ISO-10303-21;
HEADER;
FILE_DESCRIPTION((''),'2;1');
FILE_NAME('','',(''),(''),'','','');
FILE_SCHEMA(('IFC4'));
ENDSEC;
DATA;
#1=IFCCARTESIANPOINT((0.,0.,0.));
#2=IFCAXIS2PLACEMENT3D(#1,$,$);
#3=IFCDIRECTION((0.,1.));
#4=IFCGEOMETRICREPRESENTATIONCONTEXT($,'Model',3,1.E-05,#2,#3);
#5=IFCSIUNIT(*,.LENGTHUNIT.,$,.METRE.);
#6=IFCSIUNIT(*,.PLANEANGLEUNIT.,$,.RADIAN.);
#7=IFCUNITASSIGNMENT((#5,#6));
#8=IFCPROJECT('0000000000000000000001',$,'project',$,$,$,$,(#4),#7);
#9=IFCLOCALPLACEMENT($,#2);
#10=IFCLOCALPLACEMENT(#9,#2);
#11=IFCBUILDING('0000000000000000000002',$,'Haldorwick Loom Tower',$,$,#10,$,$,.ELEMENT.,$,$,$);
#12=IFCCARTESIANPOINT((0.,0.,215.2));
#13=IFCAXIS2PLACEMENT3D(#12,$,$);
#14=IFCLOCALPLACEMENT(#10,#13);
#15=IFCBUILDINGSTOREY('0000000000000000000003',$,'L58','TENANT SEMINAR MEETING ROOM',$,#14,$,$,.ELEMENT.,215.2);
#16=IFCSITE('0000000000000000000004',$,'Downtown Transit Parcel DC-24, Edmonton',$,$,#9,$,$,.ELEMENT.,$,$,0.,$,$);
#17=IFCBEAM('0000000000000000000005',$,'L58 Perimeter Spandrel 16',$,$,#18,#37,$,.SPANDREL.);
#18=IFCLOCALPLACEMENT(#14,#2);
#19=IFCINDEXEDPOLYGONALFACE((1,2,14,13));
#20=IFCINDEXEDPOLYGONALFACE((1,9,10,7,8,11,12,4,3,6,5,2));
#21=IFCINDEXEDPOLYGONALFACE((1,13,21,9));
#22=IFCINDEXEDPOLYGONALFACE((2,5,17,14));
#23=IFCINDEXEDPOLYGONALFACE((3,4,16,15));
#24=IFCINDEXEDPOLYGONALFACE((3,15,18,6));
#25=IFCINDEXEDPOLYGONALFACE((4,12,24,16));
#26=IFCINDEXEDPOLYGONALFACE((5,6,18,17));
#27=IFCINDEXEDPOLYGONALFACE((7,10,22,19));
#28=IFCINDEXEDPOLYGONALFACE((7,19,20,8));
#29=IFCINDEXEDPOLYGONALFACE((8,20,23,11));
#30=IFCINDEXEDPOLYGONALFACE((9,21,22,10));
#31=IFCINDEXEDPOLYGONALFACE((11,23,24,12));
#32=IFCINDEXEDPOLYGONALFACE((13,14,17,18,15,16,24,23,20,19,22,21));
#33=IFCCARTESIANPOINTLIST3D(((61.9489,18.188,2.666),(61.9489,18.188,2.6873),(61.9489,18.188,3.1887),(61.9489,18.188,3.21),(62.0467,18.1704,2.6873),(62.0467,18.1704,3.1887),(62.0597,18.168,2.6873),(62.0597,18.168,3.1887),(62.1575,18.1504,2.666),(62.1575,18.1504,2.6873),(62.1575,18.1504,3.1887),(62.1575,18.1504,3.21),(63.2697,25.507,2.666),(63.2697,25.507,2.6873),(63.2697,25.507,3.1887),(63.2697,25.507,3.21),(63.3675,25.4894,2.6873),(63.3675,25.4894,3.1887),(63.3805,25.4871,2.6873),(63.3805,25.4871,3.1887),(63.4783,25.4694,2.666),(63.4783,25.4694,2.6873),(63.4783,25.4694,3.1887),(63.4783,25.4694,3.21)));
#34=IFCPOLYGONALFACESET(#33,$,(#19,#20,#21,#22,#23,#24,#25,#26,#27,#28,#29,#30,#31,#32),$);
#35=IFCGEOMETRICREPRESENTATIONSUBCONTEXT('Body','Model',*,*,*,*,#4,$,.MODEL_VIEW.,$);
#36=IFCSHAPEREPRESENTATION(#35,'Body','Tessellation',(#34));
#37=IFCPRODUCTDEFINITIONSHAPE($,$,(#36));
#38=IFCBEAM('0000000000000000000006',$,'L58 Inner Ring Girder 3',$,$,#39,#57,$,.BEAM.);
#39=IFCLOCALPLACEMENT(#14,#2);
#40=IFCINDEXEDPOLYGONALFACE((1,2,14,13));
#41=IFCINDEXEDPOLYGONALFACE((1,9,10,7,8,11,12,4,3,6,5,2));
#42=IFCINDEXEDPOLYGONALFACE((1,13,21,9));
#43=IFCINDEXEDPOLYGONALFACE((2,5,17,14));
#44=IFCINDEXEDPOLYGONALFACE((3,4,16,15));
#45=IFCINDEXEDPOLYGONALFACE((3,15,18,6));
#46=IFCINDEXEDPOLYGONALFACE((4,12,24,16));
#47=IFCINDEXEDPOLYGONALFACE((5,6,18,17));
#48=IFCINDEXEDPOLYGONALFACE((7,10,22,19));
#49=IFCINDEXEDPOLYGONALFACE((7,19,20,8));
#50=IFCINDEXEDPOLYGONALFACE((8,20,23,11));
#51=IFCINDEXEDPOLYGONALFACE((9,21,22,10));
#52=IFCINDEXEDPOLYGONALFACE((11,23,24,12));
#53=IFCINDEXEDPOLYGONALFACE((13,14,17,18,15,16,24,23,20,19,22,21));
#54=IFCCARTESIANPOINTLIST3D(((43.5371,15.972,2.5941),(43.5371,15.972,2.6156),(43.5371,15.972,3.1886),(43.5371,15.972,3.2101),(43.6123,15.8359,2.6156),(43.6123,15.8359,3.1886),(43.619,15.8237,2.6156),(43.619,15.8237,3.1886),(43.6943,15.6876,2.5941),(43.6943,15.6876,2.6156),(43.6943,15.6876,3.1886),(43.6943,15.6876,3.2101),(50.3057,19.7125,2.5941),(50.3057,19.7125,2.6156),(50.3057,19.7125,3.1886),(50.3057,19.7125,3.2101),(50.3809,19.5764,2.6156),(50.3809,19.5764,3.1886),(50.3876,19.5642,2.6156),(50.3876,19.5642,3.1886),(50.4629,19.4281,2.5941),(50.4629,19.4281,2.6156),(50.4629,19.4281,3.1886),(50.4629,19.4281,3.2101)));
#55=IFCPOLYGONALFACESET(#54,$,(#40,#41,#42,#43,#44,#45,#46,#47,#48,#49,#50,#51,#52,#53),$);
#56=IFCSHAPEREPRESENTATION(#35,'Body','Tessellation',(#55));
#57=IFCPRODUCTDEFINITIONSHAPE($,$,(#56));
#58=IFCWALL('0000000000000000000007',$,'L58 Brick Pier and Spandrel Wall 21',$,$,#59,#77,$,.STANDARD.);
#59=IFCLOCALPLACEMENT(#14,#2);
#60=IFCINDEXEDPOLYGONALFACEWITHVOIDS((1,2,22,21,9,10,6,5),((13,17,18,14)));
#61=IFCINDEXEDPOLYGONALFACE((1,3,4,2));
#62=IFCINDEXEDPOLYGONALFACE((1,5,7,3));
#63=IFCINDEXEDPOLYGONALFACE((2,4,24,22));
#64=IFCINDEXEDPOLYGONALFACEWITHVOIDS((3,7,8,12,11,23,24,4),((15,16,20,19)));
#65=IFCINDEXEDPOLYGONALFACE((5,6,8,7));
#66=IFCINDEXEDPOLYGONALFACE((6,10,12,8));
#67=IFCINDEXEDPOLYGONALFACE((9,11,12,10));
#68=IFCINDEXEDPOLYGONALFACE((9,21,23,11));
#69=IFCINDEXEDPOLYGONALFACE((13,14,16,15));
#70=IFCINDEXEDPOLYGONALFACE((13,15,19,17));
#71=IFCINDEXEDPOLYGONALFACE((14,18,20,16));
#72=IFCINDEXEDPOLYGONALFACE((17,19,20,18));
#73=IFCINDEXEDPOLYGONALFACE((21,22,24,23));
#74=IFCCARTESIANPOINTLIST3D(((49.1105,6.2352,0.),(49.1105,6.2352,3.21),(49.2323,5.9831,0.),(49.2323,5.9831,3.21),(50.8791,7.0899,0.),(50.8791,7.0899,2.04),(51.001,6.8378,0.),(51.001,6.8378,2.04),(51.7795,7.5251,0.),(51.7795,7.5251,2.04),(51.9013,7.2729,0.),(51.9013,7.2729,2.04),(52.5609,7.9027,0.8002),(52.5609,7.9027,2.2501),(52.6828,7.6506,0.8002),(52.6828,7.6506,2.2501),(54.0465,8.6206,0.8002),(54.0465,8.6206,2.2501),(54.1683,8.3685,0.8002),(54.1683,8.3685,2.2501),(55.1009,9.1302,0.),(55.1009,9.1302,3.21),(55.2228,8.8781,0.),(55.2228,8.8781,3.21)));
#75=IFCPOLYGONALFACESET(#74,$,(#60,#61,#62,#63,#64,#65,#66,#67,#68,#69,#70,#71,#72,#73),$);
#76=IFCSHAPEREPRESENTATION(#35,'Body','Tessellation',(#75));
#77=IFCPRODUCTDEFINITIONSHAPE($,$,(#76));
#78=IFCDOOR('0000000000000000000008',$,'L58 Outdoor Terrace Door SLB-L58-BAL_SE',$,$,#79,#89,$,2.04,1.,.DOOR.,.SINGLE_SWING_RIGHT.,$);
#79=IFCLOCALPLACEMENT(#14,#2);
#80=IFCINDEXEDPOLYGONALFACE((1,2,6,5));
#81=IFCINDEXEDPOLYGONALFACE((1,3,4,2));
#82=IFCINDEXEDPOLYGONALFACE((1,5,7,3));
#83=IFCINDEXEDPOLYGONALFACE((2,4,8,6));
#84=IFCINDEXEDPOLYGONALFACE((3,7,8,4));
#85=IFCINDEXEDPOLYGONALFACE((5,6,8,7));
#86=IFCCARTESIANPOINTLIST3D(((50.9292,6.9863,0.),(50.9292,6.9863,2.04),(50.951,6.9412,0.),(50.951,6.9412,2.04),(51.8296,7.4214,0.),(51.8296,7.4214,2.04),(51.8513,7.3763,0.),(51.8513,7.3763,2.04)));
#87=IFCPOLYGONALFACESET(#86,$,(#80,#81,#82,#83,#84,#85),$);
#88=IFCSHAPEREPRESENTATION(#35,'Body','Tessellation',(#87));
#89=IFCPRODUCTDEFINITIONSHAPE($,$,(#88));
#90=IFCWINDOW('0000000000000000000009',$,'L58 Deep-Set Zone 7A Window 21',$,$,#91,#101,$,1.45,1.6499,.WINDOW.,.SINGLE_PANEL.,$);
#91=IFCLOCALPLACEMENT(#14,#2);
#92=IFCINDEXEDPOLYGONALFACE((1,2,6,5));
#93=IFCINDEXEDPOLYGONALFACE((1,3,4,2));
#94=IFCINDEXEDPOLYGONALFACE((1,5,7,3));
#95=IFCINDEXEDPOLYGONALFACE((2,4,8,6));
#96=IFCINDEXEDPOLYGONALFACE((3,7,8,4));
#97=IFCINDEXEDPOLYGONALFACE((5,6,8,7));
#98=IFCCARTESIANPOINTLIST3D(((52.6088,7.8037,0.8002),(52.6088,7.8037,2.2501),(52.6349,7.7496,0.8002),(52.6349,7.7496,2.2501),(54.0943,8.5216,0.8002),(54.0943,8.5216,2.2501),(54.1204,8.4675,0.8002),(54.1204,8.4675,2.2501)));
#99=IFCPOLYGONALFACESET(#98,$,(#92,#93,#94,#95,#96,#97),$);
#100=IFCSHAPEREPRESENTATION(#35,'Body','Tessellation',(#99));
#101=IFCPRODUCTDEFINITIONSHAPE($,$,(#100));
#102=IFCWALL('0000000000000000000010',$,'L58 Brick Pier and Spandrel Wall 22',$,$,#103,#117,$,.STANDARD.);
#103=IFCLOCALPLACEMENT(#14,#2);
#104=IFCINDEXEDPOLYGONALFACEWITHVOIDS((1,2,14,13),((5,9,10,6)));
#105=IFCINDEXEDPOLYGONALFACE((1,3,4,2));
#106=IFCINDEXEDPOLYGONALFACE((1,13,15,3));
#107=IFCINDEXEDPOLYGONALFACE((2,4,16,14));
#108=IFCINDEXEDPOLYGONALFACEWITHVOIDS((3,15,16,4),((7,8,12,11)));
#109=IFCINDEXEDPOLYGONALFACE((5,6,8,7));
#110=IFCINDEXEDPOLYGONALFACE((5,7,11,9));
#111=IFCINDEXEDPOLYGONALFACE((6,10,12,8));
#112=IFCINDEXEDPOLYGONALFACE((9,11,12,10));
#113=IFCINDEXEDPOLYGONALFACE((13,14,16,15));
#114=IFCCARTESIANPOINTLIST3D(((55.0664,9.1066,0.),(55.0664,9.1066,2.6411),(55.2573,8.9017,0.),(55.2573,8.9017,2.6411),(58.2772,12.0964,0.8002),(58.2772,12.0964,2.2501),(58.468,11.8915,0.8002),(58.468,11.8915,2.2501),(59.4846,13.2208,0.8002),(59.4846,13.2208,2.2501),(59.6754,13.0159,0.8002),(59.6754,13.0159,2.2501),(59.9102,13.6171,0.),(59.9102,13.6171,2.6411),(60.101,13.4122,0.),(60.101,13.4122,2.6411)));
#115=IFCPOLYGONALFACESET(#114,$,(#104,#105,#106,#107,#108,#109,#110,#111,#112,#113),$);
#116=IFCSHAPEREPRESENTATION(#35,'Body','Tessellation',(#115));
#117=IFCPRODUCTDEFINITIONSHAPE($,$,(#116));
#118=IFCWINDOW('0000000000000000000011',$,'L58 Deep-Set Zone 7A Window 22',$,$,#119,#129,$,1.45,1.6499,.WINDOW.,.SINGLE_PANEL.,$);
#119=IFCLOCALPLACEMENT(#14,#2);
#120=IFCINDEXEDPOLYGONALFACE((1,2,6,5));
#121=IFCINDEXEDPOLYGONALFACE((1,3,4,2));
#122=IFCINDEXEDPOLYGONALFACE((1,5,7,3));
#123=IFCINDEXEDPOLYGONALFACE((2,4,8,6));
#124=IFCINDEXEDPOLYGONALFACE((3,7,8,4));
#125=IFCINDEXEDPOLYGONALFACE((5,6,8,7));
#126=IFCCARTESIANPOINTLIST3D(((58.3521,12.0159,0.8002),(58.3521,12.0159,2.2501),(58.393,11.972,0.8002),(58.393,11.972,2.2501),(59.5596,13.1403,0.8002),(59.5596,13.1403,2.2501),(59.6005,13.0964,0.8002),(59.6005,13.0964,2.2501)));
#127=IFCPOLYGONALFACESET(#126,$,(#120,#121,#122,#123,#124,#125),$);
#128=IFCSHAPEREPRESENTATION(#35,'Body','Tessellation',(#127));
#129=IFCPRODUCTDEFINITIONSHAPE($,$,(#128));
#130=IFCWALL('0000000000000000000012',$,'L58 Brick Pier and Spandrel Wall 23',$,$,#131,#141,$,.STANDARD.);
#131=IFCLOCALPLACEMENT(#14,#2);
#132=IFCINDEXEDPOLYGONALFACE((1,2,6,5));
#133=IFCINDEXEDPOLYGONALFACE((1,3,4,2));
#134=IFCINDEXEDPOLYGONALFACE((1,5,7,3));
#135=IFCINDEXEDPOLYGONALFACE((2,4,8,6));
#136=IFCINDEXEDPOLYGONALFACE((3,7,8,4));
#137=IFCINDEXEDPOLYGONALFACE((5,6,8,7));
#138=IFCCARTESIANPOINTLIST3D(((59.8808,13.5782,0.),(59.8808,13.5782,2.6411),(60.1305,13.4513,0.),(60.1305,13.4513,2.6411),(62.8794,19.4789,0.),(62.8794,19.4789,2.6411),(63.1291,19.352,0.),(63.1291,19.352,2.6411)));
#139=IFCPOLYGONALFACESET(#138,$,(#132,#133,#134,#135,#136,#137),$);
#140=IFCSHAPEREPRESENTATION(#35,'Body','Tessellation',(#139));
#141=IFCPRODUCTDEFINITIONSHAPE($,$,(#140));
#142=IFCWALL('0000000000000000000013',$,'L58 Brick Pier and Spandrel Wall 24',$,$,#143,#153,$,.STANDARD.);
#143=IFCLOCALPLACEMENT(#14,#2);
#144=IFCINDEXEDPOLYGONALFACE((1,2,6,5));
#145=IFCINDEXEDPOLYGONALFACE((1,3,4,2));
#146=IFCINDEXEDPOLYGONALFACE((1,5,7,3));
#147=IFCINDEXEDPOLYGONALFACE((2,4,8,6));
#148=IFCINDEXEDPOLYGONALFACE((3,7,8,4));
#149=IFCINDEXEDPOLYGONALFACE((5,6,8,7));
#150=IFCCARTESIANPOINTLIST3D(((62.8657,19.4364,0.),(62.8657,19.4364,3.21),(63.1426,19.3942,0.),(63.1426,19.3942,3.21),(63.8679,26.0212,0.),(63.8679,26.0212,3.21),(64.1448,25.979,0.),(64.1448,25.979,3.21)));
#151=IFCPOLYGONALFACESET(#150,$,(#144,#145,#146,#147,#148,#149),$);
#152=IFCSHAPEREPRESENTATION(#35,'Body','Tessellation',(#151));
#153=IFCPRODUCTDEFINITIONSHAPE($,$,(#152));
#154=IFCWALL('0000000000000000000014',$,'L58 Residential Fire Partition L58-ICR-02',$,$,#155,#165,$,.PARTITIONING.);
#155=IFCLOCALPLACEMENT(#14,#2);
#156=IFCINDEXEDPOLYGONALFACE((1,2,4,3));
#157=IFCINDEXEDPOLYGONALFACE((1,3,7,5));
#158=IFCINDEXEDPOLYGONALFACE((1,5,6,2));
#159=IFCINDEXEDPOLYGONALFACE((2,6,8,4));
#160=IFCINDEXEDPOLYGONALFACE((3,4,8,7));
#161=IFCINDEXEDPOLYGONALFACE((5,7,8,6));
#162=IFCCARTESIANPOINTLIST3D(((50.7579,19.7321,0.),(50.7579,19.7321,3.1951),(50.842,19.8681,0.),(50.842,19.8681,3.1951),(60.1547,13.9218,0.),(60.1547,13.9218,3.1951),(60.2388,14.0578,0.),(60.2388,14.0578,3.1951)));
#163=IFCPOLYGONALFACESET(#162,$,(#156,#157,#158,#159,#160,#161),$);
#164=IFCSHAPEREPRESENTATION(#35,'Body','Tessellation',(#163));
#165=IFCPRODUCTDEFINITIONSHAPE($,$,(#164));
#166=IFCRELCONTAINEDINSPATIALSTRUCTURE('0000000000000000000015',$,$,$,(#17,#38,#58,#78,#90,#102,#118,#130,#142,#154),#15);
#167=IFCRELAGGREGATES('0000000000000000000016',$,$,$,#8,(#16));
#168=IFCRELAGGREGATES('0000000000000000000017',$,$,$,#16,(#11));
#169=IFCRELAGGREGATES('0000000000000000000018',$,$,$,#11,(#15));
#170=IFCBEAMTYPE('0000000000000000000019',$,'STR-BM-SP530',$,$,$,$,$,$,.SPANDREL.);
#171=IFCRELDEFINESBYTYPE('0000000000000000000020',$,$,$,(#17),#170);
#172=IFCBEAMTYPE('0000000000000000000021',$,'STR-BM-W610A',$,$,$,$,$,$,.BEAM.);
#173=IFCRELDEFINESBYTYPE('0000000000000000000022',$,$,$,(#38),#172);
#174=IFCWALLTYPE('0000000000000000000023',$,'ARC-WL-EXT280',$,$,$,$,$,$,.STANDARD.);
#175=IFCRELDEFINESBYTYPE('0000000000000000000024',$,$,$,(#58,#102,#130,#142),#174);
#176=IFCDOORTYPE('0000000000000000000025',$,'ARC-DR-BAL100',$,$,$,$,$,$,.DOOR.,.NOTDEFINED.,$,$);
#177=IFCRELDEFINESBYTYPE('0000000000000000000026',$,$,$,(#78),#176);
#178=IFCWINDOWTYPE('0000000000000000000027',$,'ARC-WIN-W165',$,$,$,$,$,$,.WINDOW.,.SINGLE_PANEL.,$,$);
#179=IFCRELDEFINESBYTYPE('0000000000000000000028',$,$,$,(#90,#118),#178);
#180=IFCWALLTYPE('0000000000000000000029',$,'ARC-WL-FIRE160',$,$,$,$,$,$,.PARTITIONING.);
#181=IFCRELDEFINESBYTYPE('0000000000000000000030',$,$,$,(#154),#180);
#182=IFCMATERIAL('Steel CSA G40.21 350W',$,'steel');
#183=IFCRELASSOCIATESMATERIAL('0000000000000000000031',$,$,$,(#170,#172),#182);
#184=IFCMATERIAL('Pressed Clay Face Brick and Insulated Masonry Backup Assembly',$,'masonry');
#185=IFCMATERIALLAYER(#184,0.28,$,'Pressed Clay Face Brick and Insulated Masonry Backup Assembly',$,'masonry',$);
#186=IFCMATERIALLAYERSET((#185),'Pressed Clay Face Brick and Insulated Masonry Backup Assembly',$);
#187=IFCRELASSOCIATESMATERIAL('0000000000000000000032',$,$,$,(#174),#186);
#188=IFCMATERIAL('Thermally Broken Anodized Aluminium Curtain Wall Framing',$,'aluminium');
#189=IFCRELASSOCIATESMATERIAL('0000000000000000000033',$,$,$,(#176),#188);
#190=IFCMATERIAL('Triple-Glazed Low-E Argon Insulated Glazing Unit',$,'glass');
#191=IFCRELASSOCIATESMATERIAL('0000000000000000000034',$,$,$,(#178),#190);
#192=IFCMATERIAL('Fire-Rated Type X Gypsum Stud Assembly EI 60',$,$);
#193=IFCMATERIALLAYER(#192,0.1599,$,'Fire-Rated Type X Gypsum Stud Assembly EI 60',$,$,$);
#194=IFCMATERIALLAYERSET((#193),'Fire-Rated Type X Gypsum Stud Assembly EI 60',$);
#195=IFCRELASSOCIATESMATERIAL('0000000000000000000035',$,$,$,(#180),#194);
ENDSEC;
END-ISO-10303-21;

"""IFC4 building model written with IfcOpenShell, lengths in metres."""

from ifc_helpers import new_model, si_unit, direction, frame, frame_2d, origin, origin_2d, place, context, subcontext, project, spatial, rectangle, i_section, extrude, material, layer, layer_set, material_profile, profile_set, type_object, element, fill, save


model = new_model("IFC4")

# Units and contexts
model_context = context("Model", 3, precision=1e-05, world=origin(), true_north=direction((0.0, 1.0)))
body_context = subcontext(model_context, "Body", "Model", "MODEL_VIEW")
ifc_project = project(units=[si_unit("LENGTHUNIT", "METRE"), si_unit("PLANEANGLEUNIT", "RADIAN")], contexts=[model_context])

# Site, building, storey
site_placement = place(None, origin())
site = spatial("IfcSite", under=ifc_project, at=site_placement, Name="Downtown Transit Parcel DC-24, Edmonton", CompositionType="ELEMENT", RefElevation=0.0)
building_placement = place(site_placement, origin())
building = spatial("IfcBuilding", under=site, at=building_placement, Name="Haldorwick Loom Tower", CompositionType="ELEMENT")
storey_placement = place(building_placement, frame((0.0, 0.0, 215.2)))
storey = spatial("IfcBuildingStorey", under=building, at=storey_placement, Name="L58", Description="TENANT SEMINAR MEETING ROOM", CompositionType="ELEMENT", Elevation=215.2)

# Beams
ifc_material_1 = material(Name="Steel CSA G40.21 350W", Category="steel")
ifc_material_profile_1 = material_profile(ifc_material_1, i_section(OverallWidth=0.2119, OverallDepth=0.5439, WebThickness=0.0132, FlangeThickness=0.0212, at=origin_2d()), Name="W530X123", Category="steel")
ifc_profile_set_1 = profile_set([ifc_material_profile_1], Name="Steel CSA G40.21 350W")
beam_type_1 = type_object("IfcBeamType", Name="STR-BM-SP530", PredefinedType="SPANDREL", material=ifc_profile_set_1)
beam_1_placement = place(storey_placement, frame((62.0532, 18.1692, 2.938), z_axis=(0.177591, 0.984104, 0.0), x_axis=(-0.984104, 0.177591, 0.0)))
element("IfcBeam", 1, at=beam_1_placement, inside=storey, type_object=beam_type_1, Name="L58 Perimeter Spandrel 16", PredefinedType="SPANDREL", context=body_context, shape_type="SweptSolid", body=[
    extrude(i_section(OverallWidth=0.2119, OverallDepth=0.5439, WebThickness=0.0132, FlangeThickness=0.0212, at=origin_2d()), origin(), (0.0, 0.0, 1.0), 7.4373),
])
ifc_material_profile_2 = material_profile(ifc_material_1, i_section(OverallWidth=0.325, OverallDepth=0.616, WebThickness=0.0139, FlangeThickness=0.0215, at=origin_2d()), Name="W610X174", Category="steel")
ifc_profile_set_2 = profile_set([ifc_material_profile_2], Name="Steel CSA G40.21 350W")
beam_type_2 = type_object("IfcBeamType", Name="STR-BM-W610A", PredefinedType="BEAM", material=ifc_profile_set_2)
beam_2_placement = place(storey_placement, frame((50.3843, 19.5703, 2.9021), z_axis=(-0.875244, -0.483682, 0.0), x_axis=(0.483682, -0.875244, 0.0)))
element("IfcBeam", 2, at=beam_2_placement, inside=storey, type_object=beam_type_2, Name="L58 Inner Ring Girder 3", PredefinedType="BEAM", context=body_context, shape_type="SweptSolid", body=[
    extrude(i_section(OverallWidth=0.325, OverallDepth=0.616, WebThickness=0.0139, FlangeThickness=0.0215, at=origin_2d()), origin(), (0.0, 0.0, 1.0), 7.7334),
])

# Wall, openings, door, window
ifc_material_2 = material(Name="Pressed Clay Face Brick and Insulated Masonry Backup Assembly", Category="masonry")
ifc_layer_1 = layer(ifc_material_2, 0.28, Name="Pressed Clay Face Brick and Insulated Masonry Backup Assembly", Category="masonry")
ifc_layer_set_1 = layer_set([ifc_layer_1], Name="Pressed Clay Face Brick and Insulated Masonry Backup Assembly")
wall_type_1 = type_object("IfcWallType", Name="ARC-WL-EXT280", PredefinedType="STANDARD", material=ifc_layer_set_1)
wall_1_placement = place(storey_placement, frame((49.1714, 6.1091, 0.0), z_axis=(0.0, 0.0, 1.0), x_axis=(0.900371, 0.435123, 0.0)))
wall_1 = element("IfcWall", 3, at=wall_1_placement, inside=storey, type_object=wall_type_1, Name="L58 Brick Pier and Spandrel Wall 21", PredefinedType="STANDARD", context=body_context, shape_type="SweptSolid", body=[
    extrude(rectangle(XDim=6.6533, YDim=0.28, at=frame_2d((3.3267, 0.0))), origin(), (0.0, 0.0, 1.0), 3.21),
])
opening_1_placement = place(wall_1_placement, frame((1.9644, 0.0, 0.0)))
opening_1 = element("IfcOpeningElement", 4, at=opening_1_placement, cuts=wall_1, PredefinedType="OPENING", context=body_context, shape_type="SweptSolid", body=[
    extrude(rectangle(XDim=1.0, YDim=2.04, at=frame_2d((0.5, 1.02))), frame((0.0, 0.1499, 0.0), z_axis=(0.0, -1.0, 0.0), x_axis=(1.0, 0.0, 0.0)), (0.0, 0.0, 1.0), 0.3),
])
opening_2_placement = place(wall_1_placement, frame((3.8323, 0.0, 0.8)))
opening_2 = element("IfcOpeningElement", 5, at=opening_2_placement, cuts=wall_1, PredefinedType="OPENING", context=body_context, shape_type="SweptSolid", body=[
    extrude(rectangle(XDim=1.6499, YDim=1.45, at=frame_2d((0.825, 0.7251))), frame((0.0, 0.1499, 0.0), z_axis=(0.0, -1.0, 0.0), x_axis=(1.0, 0.0, 0.0)), (0.0, 0.0, 1.0), 0.3),
])
ifc_material_3 = material(Name="Thermally Broken Anodized Aluminium Curtain Wall Framing", Category="aluminium")
door_type = type_object("IfcDoorType", Name="ARC-DR-BAL100", OperationType="NOTDEFINED", PredefinedType="DOOR", material=ifc_material_3)
door_placement = place(opening_1_placement, origin())
door = element("IfcDoor", 6, at=door_placement, inside=storey, type_object=door_type, Name="L58 Outdoor Terrace Door SLB-L58-BAL_SE", OperationType="SINGLE_SWING_RIGHT", OverallHeight=2.04, OverallWidth=1.0, PredefinedType="DOOR", context=body_context, shape_type="SweptSolid", body=[
    extrude(rectangle(XDim=1.0, YDim=2.04, at=frame_2d((0.5, 1.02))), frame((0.0, 0.0249, 0.0), z_axis=(0.0, -1.0, 0.0), x_axis=(1.0, 0.0, 0.0)), (0.0, 0.0, 1.0), 0.05),
])
fill(opening_1, door)
ifc_material_4 = material(Name="Triple-Glazed Low-E Argon Insulated Glazing Unit", Category="glass")
window_type = type_object("IfcWindowType", Name="ARC-WIN-W165", PartitioningType="SINGLE_PANEL", PredefinedType="WINDOW", material=ifc_material_4)
window_1_placement = place(opening_2_placement, origin())
window_1 = element("IfcWindow", 7, at=window_1_placement, inside=storey, type_object=window_type, Name="L58 Deep-Set Zone 7A Window 21", OverallHeight=1.45, OverallWidth=1.6499, PartitioningType="SINGLE_PANEL", PredefinedType="WINDOW", context=body_context, shape_type="SweptSolid", body=[
    extrude(rectangle(XDim=1.6499, YDim=1.45, at=frame_2d((0.825, 0.7251))), frame((0.0, 0.03, 0.0), z_axis=(0.0, -1.0, 0.0), x_axis=(1.0, 0.0, 0.0)), (0.0, 0.0, 1.0), 0.0601),
])
fill(opening_2, window_1)

# Wall, opening, window
wall_2_placement = place(storey_placement, frame((55.1619, 9.0042, 0.0), z_axis=(0.0, 0.0, 1.0), x_axis=(0.731834, 0.681483, 0.0)))
wall_2 = element("IfcWall", 8, at=wall_2_placement, inside=storey, type_object=wall_type_1, Name="L58 Brick Pier and Spandrel Wall 22", PredefinedType="STANDARD", context=body_context, shape_type="SweptSolid", body=[
    extrude(rectangle(XDim=6.6187, YDim=0.28, at=frame_2d((3.3093, 0.0))), origin(), (0.0, 0.0, 1.0), 2.6411),
])
opening_3_placement = place(wall_2_placement, frame((4.3872, 0.0, 0.8)))
opening_3 = element("IfcOpeningElement", 9, at=opening_3_placement, cuts=wall_2, PredefinedType="OPENING", context=body_context, shape_type="SweptSolid", body=[
    extrude(rectangle(XDim=1.6499, YDim=1.45, at=frame_2d((0.825, 0.7251))), frame((0.0, 0.1499, 0.0), z_axis=(0.0, -1.0, 0.0), x_axis=(1.0, 0.0, 0.0)), (0.0, 0.0, 1.0), 0.3),
])
window_2_placement = place(opening_3_placement, origin())
window_2 = element("IfcWindow", 10, at=window_2_placement, inside=storey, type_object=window_type, Name="L58 Deep-Set Zone 7A Window 22", OverallHeight=1.45, OverallWidth=1.6499, PartitioningType="SINGLE_PANEL", PredefinedType="WINDOW", context=body_context, shape_type="SweptSolid", body=[
    extrude(rectangle(XDim=1.6499, YDim=1.45, at=frame_2d((0.825, 0.7251))), frame((0.0, 0.03, 0.0), z_axis=(0.0, -1.0, 0.0), x_axis=(1.0, 0.0, 0.0)), (0.0, 0.0, 1.0), 0.0601),
])
fill(opening_3, window_2)

# Walls
wall_3_placement = place(storey_placement, frame((60.0056, 13.5146, 0.0), z_axis=(0.0, 0.0, 1.0), x_axis=(0.453032, 0.891494, 0.0)))
element("IfcWall", 11, at=wall_3_placement, inside=storey, type_object=wall_type_1, Name="L58 Brick Pier and Spandrel Wall 23", PredefinedType="STANDARD", context=body_context, shape_type="SweptSolid", body=[
    extrude(rectangle(XDim=6.6189, YDim=0.28, at=frame_2d((3.3096, 0.0))), origin(), (0.0, 0.0, 1.0), 2.6411),
])
wall_4_placement = place(storey_placement, frame((63.0042, 19.4153, 0.0), z_axis=(0.0, 0.0, 1.0), x_axis=(0.150468, 0.988615, 0.0)))
element("IfcWall", 12, at=wall_4_placement, inside=storey, type_object=wall_type_1, Name="L58 Brick Pier and Spandrel Wall 24", PredefinedType="STANDARD", context=body_context, shape_type="SweptSolid", body=[
    extrude(rectangle(XDim=6.6606, YDim=0.28, at=frame_2d((3.3303, 0.0))), origin(), (0.0, 0.0, 1.0), 3.21),
])
ifc_material_5 = material(Name="Fire-Rated Type X Gypsum Stud Assembly EI 60")
ifc_layer_2 = layer(ifc_material_5, 0.1599, Name="Fire-Rated Type X Gypsum Stud Assembly EI 60")
ifc_layer_set_2 = layer_set([ifc_layer_2], Name="Fire-Rated Type X Gypsum Stud Assembly EI 60")
wall_type_2 = type_object("IfcWallType", Name="ARC-WL-FIRE160", PredefinedType="PARTITIONING", material=ifc_layer_set_2)
wall_5_placement = place(storey_placement, frame((50.8, 19.8, 0.0), z_axis=(0.0, 0.0, 1.0), x_axis=(0.850537, -0.525915, 0.0)))
element("IfcWall", 13, at=wall_5_placement, inside=storey, type_object=wall_type_2, Name="L58 Residential Fire Partition L58-ICR-02", PredefinedType="PARTITIONING", context=body_context, shape_type="SweptSolid", body=[
    extrude(rectangle(XDim=11.0481, YDim=0.1599, at=frame_2d((5.5239, 0.0))), origin(), (0.0, 0.0, 1.0), 3.1951),
])

save(model, "model.ifc")
